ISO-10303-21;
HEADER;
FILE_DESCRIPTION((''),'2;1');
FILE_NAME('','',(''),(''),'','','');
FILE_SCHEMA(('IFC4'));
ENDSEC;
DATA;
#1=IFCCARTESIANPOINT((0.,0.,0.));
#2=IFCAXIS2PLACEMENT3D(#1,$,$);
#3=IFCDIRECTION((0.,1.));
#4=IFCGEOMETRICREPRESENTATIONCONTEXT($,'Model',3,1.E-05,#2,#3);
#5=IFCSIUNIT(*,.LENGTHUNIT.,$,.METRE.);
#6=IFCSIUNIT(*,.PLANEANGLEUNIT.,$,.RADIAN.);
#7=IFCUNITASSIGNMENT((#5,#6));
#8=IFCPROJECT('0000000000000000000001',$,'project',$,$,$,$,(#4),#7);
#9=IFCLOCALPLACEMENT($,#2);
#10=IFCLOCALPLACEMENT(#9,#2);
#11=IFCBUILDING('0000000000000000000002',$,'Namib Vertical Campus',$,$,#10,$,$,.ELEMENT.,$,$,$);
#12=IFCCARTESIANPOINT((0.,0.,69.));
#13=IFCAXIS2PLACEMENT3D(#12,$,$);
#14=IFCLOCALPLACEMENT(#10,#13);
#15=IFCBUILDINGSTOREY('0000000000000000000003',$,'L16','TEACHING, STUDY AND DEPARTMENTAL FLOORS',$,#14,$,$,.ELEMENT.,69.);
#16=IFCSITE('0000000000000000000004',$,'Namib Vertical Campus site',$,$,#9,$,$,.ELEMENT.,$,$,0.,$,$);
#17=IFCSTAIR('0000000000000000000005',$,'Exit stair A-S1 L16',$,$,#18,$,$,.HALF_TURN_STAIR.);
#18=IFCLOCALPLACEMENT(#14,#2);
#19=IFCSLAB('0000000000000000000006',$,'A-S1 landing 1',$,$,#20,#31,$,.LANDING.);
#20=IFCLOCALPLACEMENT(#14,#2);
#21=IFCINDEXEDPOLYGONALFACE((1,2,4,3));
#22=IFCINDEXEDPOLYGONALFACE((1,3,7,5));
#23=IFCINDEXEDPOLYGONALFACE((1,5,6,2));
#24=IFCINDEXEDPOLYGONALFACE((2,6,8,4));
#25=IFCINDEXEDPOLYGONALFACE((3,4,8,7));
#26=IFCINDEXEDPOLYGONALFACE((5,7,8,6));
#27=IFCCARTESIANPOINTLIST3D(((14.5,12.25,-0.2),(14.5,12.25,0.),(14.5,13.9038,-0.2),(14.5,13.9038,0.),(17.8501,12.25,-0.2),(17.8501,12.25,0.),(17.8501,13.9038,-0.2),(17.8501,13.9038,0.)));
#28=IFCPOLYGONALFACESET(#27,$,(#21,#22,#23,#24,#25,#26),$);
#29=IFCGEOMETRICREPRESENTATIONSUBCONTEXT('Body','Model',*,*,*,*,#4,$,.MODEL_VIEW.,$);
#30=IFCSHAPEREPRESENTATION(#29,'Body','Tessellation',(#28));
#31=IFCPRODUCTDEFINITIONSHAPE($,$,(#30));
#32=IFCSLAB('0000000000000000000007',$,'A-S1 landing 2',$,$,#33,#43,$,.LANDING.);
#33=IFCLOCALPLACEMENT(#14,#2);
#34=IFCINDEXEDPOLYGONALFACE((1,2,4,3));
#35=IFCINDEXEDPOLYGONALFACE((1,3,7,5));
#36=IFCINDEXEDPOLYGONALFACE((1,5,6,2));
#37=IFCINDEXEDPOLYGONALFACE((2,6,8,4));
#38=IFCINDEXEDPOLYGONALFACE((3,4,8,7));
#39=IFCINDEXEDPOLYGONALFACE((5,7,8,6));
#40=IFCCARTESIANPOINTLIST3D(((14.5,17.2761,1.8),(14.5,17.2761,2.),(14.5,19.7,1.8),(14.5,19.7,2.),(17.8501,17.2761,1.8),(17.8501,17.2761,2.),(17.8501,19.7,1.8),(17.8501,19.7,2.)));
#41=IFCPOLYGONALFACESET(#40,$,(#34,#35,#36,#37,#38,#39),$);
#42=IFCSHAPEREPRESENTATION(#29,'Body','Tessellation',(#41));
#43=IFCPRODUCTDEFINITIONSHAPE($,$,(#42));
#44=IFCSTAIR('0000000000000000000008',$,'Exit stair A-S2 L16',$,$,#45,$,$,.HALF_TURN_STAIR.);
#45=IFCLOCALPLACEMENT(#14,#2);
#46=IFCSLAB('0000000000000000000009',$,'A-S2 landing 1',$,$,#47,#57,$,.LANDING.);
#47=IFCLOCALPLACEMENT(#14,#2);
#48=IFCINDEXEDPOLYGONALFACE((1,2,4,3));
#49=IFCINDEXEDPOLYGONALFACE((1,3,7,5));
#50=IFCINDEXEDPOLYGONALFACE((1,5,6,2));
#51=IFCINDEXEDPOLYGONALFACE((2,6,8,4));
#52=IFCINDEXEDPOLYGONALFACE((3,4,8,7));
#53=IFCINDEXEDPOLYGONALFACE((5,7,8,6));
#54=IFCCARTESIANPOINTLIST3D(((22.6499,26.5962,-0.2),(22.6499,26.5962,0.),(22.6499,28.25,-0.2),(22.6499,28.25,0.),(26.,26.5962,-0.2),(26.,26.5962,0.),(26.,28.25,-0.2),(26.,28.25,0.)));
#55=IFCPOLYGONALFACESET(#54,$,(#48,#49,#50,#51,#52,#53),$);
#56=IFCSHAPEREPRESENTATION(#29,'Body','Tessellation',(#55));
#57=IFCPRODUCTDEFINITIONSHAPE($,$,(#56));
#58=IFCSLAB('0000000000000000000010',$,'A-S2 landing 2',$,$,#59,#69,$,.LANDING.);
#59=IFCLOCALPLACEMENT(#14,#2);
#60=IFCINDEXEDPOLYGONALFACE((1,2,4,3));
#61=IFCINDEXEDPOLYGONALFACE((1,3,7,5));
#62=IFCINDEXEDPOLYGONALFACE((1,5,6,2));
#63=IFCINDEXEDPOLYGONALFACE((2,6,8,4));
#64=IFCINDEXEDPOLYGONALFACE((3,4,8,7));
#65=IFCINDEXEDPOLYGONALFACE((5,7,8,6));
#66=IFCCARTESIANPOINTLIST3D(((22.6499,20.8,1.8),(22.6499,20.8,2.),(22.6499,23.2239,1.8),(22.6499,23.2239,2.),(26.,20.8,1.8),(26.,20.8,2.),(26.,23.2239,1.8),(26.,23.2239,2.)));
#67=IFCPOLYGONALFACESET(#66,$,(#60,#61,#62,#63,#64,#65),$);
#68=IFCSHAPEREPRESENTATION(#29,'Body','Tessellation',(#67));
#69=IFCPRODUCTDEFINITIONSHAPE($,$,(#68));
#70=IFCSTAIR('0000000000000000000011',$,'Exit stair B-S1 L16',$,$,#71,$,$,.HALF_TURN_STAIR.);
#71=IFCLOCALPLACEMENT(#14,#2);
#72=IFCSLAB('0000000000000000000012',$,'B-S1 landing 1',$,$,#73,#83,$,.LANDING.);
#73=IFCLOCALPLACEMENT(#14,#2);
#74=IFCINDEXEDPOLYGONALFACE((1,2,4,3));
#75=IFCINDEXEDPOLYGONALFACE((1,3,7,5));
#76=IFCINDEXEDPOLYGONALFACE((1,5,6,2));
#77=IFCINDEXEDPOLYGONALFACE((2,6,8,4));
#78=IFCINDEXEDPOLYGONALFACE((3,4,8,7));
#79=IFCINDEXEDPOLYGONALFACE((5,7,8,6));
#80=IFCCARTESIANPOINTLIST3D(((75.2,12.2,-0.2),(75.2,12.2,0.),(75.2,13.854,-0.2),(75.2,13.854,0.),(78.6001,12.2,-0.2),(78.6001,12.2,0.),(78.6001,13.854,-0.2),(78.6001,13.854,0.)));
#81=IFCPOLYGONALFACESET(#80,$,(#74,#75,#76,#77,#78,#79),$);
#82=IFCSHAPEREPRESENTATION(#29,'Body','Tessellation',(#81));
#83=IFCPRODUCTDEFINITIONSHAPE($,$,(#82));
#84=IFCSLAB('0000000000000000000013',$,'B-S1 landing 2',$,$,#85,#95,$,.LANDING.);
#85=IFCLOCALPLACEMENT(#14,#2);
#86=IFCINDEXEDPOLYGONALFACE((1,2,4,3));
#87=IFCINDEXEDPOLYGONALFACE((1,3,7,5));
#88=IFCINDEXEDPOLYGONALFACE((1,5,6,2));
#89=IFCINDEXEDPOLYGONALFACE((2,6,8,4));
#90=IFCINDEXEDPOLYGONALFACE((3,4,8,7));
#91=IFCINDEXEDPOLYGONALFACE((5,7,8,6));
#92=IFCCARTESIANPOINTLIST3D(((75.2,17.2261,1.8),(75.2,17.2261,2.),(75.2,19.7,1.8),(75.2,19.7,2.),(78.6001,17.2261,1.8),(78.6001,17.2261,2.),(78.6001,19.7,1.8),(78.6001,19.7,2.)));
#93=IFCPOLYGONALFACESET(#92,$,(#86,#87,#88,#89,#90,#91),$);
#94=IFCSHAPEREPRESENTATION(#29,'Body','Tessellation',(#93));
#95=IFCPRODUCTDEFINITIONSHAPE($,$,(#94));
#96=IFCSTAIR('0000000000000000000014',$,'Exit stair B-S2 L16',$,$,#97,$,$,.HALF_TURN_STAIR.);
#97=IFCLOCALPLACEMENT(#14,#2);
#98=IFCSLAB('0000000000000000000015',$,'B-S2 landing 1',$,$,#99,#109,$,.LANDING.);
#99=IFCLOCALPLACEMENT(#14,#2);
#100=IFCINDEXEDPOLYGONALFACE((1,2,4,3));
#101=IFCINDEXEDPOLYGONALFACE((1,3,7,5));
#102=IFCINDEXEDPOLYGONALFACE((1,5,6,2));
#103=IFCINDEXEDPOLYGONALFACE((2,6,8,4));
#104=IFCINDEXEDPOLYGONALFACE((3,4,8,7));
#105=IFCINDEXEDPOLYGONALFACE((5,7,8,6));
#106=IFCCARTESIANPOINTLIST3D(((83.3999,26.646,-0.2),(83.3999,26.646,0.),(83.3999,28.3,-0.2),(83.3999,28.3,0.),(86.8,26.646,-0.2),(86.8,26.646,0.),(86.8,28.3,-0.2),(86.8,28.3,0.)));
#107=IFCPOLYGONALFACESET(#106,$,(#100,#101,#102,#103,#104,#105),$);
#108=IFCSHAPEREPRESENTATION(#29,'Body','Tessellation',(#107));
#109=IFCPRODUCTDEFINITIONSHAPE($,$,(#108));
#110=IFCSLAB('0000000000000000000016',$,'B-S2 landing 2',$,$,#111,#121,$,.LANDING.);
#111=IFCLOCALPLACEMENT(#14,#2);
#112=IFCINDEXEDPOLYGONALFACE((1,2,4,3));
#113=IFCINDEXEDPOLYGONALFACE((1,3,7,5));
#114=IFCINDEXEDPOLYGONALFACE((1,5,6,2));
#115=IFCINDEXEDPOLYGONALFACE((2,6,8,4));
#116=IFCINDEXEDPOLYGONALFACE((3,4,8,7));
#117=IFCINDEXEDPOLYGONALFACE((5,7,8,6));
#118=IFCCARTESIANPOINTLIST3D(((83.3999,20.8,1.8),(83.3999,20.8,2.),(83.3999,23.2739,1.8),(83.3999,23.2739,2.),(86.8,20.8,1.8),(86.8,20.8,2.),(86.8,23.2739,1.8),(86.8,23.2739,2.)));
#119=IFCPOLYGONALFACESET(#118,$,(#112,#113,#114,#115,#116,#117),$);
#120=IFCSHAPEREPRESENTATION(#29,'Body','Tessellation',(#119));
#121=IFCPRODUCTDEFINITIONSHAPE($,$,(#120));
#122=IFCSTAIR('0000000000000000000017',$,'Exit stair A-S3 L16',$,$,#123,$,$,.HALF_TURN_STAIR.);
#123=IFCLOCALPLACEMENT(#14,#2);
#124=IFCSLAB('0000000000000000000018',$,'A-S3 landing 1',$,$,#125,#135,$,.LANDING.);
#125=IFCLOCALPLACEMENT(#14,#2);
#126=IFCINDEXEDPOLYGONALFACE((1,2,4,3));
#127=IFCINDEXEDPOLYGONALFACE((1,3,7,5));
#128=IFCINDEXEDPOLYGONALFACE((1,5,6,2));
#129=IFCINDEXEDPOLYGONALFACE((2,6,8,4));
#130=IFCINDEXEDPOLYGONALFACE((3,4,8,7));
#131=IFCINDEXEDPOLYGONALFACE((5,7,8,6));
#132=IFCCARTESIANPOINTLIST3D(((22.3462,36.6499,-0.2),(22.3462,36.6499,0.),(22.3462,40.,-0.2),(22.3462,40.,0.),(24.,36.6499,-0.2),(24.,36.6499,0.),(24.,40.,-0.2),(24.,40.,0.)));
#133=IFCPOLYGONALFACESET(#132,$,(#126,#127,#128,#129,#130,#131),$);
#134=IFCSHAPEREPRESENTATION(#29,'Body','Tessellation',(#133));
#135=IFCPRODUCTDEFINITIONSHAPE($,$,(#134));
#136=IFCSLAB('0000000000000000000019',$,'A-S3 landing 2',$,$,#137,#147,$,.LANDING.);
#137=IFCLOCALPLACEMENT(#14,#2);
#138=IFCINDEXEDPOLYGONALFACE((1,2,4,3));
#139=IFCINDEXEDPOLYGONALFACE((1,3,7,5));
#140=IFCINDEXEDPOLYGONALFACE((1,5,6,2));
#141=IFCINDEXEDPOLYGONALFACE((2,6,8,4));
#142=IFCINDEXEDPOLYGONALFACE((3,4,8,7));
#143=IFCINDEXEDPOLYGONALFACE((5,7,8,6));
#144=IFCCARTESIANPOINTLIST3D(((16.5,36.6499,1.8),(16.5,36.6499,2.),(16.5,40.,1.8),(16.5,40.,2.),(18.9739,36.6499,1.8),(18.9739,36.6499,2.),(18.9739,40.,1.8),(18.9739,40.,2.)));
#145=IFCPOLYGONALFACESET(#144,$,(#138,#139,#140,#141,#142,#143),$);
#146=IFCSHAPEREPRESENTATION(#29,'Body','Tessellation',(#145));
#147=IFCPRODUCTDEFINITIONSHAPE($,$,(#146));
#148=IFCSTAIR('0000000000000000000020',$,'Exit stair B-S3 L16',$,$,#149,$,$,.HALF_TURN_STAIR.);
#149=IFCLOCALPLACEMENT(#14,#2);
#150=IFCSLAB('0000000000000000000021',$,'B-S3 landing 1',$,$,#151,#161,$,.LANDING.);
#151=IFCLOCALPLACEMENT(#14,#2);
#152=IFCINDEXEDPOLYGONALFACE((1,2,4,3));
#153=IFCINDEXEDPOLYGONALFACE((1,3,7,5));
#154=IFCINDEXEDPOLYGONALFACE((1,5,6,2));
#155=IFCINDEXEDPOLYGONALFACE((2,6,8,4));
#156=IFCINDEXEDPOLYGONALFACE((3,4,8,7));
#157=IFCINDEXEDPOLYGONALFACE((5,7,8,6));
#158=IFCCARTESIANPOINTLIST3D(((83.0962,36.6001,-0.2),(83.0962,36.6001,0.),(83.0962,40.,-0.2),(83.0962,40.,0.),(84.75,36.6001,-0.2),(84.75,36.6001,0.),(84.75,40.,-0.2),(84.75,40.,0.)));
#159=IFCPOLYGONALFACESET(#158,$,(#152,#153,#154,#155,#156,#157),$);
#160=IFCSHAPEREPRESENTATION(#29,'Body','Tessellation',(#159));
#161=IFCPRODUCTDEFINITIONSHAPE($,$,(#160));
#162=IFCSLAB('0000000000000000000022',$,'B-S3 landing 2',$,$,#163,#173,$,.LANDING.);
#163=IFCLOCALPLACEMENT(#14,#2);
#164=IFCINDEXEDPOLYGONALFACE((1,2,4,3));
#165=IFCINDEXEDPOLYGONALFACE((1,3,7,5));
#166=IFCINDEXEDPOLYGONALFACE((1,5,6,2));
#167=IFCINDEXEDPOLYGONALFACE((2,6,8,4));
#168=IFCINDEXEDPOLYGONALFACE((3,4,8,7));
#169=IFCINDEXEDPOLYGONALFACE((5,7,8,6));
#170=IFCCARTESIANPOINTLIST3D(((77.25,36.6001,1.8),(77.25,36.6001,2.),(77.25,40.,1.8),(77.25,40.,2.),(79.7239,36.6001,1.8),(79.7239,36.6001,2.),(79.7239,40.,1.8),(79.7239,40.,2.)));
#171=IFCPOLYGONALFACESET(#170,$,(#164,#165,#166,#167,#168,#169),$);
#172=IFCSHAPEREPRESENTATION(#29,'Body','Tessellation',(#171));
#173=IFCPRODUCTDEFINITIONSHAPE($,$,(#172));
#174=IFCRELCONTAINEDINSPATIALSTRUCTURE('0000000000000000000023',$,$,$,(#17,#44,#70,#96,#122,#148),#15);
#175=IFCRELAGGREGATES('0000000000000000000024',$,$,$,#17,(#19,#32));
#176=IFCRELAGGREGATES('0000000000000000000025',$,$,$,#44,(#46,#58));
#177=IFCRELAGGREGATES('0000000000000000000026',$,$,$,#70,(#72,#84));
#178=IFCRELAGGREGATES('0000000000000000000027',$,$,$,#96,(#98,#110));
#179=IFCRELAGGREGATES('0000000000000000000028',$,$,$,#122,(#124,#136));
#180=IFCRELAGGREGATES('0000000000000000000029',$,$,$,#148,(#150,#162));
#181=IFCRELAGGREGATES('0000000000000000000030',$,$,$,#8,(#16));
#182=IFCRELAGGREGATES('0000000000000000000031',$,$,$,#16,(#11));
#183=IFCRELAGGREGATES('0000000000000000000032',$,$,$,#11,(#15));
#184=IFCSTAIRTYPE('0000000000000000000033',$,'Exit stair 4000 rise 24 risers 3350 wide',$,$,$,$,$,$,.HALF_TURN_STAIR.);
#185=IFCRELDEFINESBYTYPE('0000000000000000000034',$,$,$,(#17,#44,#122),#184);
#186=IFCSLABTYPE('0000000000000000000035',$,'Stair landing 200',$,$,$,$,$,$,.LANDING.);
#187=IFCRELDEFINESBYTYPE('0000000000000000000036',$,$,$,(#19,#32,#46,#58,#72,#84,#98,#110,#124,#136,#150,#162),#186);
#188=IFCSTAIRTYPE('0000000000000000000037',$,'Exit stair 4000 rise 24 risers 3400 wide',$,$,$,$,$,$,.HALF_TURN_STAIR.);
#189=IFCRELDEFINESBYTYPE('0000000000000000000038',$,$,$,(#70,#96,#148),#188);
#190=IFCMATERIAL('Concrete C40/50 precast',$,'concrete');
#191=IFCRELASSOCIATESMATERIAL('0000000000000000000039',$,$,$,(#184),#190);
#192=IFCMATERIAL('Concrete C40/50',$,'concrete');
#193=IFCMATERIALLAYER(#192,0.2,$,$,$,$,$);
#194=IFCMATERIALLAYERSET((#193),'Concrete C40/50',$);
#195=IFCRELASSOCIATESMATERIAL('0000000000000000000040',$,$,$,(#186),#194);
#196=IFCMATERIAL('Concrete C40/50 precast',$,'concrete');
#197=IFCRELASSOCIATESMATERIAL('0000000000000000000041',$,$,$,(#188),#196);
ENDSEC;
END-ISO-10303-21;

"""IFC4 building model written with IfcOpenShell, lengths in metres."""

from ifc_helpers import new_model, si_unit, direction, frame, origin, place, context, subcontext, project, spatial, polyline, outline, extrude, material, layer, layer_set, type_object, element, aggregate, save


model = new_model("IFC4")

# Units and contexts
model_context = context("Model", 3, precision=1e-05, world=origin(), true_north=direction((0.0, 1.0)))
body_context = subcontext(model_context, "Body", "Model", "MODEL_VIEW")
ifc_project = project(units=[si_unit("LENGTHUNIT", "METRE"), si_unit("PLANEANGLEUNIT", "RADIAN")], contexts=[model_context])

# Site, building, storey
site_placement = place(None, origin())
site = spatial("IfcSite", under=ifc_project, at=site_placement, Name="Namib Vertical Campus site", CompositionType="ELEMENT", RefElevation=0.0)
building_placement = place(site_placement, origin())
building = spatial("IfcBuilding", under=site, at=building_placement, Name="Namib Vertical Campus", CompositionType="ELEMENT")
storey_placement = place(building_placement, frame((0.0, 0.0, 69.0)))
storey = spatial("IfcBuildingStorey", under=building, at=storey_placement, Name="L16", Description="TEACHING, STUDY AND DEPARTMENTAL FLOORS", CompositionType="ELEMENT", Elevation=69.0)

# Stairs, slabs
ifc_material_1 = material(Name="Concrete C40/50 precast", Category="concrete")
stair_type_1 = type_object("IfcStairType", Name="Exit stair 4000 rise 24 risers 3350 wide", PredefinedType="HALF_TURN_STAIR", material=ifc_material_1)
stair_1_placement = place(storey_placement, origin())
stair_1 = element("IfcStair", 1, at=stair_1_placement, inside=storey, type_object=stair_type_1, Name="Exit stair A-S1 L16", PredefinedType="HALF_TURN_STAIR")
ifc_material_2 = material(Name="Concrete C40/50", Category="concrete")
ifc_layer_1 = layer(ifc_material_2, 0.2)
ifc_layer_set_1 = layer_set([ifc_layer_1], Name="Concrete C40/50")
slab_type_1 = type_object("IfcSlabType", Name="Stair landing 200", PredefinedType="LANDING", material=ifc_layer_set_1)
slab_1_placement = place(storey_placement, frame((0.0, 0.0, -0.2)))
slab_1 = element("IfcSlab", 2, at=slab_1_placement, type_object=slab_type_1, Name="A-S1 landing 1", PredefinedType="LANDING", context=body_context, shape_type="SweptSolid", body=[
    extrude(outline(polyline([(14.5, 12.25), (17.8501, 12.25), (17.8501, 13.9038), (14.5, 13.9038), (14.5, 12.25)])), origin(), (0.0, 0.0, 1.0), 0.2),
])
slab_2_placement = place(storey_placement, frame((0.0, 0.0, 1.8)))
slab_2 = element("IfcSlab", 3, at=slab_2_placement, type_object=slab_type_1, Name="A-S1 landing 2", PredefinedType="LANDING", context=body_context, shape_type="SweptSolid", body=[
    extrude(outline(polyline([(14.5, 17.2761), (17.8501, 17.2761), (17.8501, 19.7), (14.5, 19.7), (14.5, 17.2761)])), origin(), (0.0, 0.0, 1.0), 0.2),
])
aggregate(stair_1, [slab_1, slab_2])
stair_2_placement = place(storey_placement, origin())
stair_2 = element("IfcStair", 4, at=stair_2_placement, inside=storey, type_object=stair_type_1, Name="Exit stair A-S2 L16", PredefinedType="HALF_TURN_STAIR")
slab_3_placement = place(storey_placement, frame((0.0, 0.0, -0.2)))
slab_3 = element("IfcSlab", 5, at=slab_3_placement, type_object=slab_type_1, Name="A-S2 landing 1", PredefinedType="LANDING", context=body_context, shape_type="SweptSolid", body=[
    extrude(outline(polyline([(22.6499, 26.5962), (26.0, 26.5962), (26.0, 28.25), (22.6499, 28.25), (22.6499, 26.5962)])), origin(), (0.0, 0.0, 1.0), 0.2),
])
slab_4_placement = place(storey_placement, frame((0.0, 0.0, 1.8)))
slab_4 = element("IfcSlab", 6, at=slab_4_placement, type_object=slab_type_1, Name="A-S2 landing 2", PredefinedType="LANDING", context=body_context, shape_type="SweptSolid", body=[
    extrude(outline(polyline([(22.6499, 20.8), (26.0, 20.8), (26.0, 23.2239), (22.6499, 23.2239), (22.6499, 20.8)])), origin(), (0.0, 0.0, 1.0), 0.2),
])
aggregate(stair_2, [slab_3, slab_4])
ifc_material_3 = material(Name="Concrete C40/50 precast", Category="concrete")
stair_type_2 = type_object("IfcStairType", Name="Exit stair 4000 rise 24 risers 3400 wide", PredefinedType="HALF_TURN_STAIR", material=ifc_material_3)
stair_3_placement = place(storey_placement, origin())
stair_3 = element("IfcStair", 7, at=stair_3_placement, inside=storey, type_object=stair_type_2, Name="Exit stair B-S1 L16", PredefinedType="HALF_TURN_STAIR")
slab_5_placement = place(storey_placement, frame((0.0, 0.0, -0.2)))
slab_5 = element("IfcSlab", 8, at=slab_5_placement, type_object=slab_type_1, Name="B-S1 landing 1", PredefinedType="LANDING", context=body_context, shape_type="SweptSolid", body=[
    extrude(outline(polyline([(75.2, 12.2), (78.6001, 12.2), (78.6001, 13.854), (75.2, 13.854), (75.2, 12.2)])), origin(), (0.0, 0.0, 1.0), 0.2),
])
slab_6_placement = place(storey_placement, frame((0.0, 0.0, 1.8)))
slab_6 = element("IfcSlab", 9, at=slab_6_placement, type_object=slab_type_1, Name="B-S1 landing 2", PredefinedType="LANDING", context=body_context, shape_type="SweptSolid", body=[
    extrude(outline(polyline([(75.2, 17.2261), (78.6001, 17.2261), (78.6001, 19.7), (75.2, 19.7), (75.2, 17.2261)])), origin(), (0.0, 0.0, 1.0), 0.2),
])
aggregate(stair_3, [slab_5, slab_6])
stair_4_placement = place(storey_placement, origin())
stair_4 = element("IfcStair", 10, at=stair_4_placement, inside=storey, type_object=stair_type_2, Name="Exit stair B-S2 L16", PredefinedType="HALF_TURN_STAIR")
slab_7_placement = place(storey_placement, frame((0.0, 0.0, -0.2)))
slab_7 = element("IfcSlab", 11, at=slab_7_placement, type_object=slab_type_1, Name="B-S2 landing 1", PredefinedType="LANDING", context=body_context, shape_type="SweptSolid", body=[
    extrude(outline(polyline([(83.3999, 26.646), (86.8, 26.646), (86.8, 28.3), (83.3999, 28.3), (83.3999, 26.646)])), origin(), (0.0, 0.0, 1.0), 0.2),
])
slab_8_placement = place(storey_placement, frame((0.0, 0.0, 1.8)))
slab_8 = element("IfcSlab", 12, at=slab_8_placement, type_object=slab_type_1, Name="B-S2 landing 2", PredefinedType="LANDING", context=body_context, shape_type="SweptSolid", body=[
    extrude(outline(polyline([(83.3999, 20.8), (86.8, 20.8), (86.8, 23.2739), (83.3999, 23.2739), (83.3999, 20.8)])), origin(), (0.0, 0.0, 1.0), 0.2),
])
aggregate(stair_4, [slab_7, slab_8])
stair_5_placement = place(storey_placement, origin())
stair_5 = element("IfcStair", 13, at=stair_5_placement, inside=storey, type_object=stair_type_1, Name="Exit stair A-S3 L16", PredefinedType="HALF_TURN_STAIR")
slab_9_placement = place(storey_placement, frame((0.0, 0.0, -0.2)))
slab_9 = element("IfcSlab", 14, at=slab_9_placement, type_object=slab_type_1, Name="A-S3 landing 1", PredefinedType="LANDING", context=body_context, shape_type="SweptSolid", body=[
    extrude(outline(polyline([(22.3462, 36.6499), (22.3462, 40.0), (24.0, 40.0), (24.0, 36.6499), (22.3462, 36.6499)])), origin(), (0.0, 0.0, 1.0), 0.2),
])
slab_10_placement = place(storey_placement, frame((0.0, 0.0, 1.8)))
slab_10 = element("IfcSlab", 15, at=slab_10_placement, type_object=slab_type_1, Name="A-S3 landing 2", PredefinedType="LANDING", context=body_context, shape_type="SweptSolid", body=[
    extrude(outline(polyline([(16.5, 36.6499), (16.5, 40.0), (18.9739, 40.0), (18.9739, 36.6499), (16.5, 36.6499)])), origin(), (0.0, 0.0, 1.0), 0.2),
])
aggregate(stair_5, [slab_9, slab_10])
stair_6_placement = place(storey_placement, origin())
stair_6 = element("IfcStair", 16, at=stair_6_placement, inside=storey, type_object=stair_type_2, Name="Exit stair B-S3 L16", PredefinedType="HALF_TURN_STAIR")
slab_11_placement = place(storey_placement, frame((0.0, 0.0, -0.2)))
slab_11 = element("IfcSlab", 17, at=slab_11_placement, type_object=slab_type_1, Name="B-S3 landing 1", PredefinedType="LANDING", context=body_context, shape_type="SweptSolid", body=[
    extrude(outline(polyline([(83.0962, 36.6001), (83.0962, 40.0), (84.75, 40.0), (84.75, 36.6001), (83.0962, 36.6001)])), origin(), (0.0, 0.0, 1.0), 0.2),
])
slab_12_placement = place(storey_placement, frame((0.0, 0.0, 1.8)))
slab_12 = element("IfcSlab", 18, at=slab_12_placement, type_object=slab_type_1, Name="B-S3 landing 2", PredefinedType="LANDING", context=body_context, shape_type="SweptSolid", body=[
    extrude(outline(polyline([(77.25, 36.6001), (77.25, 40.0), (79.7239, 40.0), (79.7239, 36.6001), (77.25, 36.6001)])), origin(), (0.0, 0.0, 1.0), 0.2),
])
aggregate(stair_6, [slab_11, slab_12])

save(model, "model.ifc")
